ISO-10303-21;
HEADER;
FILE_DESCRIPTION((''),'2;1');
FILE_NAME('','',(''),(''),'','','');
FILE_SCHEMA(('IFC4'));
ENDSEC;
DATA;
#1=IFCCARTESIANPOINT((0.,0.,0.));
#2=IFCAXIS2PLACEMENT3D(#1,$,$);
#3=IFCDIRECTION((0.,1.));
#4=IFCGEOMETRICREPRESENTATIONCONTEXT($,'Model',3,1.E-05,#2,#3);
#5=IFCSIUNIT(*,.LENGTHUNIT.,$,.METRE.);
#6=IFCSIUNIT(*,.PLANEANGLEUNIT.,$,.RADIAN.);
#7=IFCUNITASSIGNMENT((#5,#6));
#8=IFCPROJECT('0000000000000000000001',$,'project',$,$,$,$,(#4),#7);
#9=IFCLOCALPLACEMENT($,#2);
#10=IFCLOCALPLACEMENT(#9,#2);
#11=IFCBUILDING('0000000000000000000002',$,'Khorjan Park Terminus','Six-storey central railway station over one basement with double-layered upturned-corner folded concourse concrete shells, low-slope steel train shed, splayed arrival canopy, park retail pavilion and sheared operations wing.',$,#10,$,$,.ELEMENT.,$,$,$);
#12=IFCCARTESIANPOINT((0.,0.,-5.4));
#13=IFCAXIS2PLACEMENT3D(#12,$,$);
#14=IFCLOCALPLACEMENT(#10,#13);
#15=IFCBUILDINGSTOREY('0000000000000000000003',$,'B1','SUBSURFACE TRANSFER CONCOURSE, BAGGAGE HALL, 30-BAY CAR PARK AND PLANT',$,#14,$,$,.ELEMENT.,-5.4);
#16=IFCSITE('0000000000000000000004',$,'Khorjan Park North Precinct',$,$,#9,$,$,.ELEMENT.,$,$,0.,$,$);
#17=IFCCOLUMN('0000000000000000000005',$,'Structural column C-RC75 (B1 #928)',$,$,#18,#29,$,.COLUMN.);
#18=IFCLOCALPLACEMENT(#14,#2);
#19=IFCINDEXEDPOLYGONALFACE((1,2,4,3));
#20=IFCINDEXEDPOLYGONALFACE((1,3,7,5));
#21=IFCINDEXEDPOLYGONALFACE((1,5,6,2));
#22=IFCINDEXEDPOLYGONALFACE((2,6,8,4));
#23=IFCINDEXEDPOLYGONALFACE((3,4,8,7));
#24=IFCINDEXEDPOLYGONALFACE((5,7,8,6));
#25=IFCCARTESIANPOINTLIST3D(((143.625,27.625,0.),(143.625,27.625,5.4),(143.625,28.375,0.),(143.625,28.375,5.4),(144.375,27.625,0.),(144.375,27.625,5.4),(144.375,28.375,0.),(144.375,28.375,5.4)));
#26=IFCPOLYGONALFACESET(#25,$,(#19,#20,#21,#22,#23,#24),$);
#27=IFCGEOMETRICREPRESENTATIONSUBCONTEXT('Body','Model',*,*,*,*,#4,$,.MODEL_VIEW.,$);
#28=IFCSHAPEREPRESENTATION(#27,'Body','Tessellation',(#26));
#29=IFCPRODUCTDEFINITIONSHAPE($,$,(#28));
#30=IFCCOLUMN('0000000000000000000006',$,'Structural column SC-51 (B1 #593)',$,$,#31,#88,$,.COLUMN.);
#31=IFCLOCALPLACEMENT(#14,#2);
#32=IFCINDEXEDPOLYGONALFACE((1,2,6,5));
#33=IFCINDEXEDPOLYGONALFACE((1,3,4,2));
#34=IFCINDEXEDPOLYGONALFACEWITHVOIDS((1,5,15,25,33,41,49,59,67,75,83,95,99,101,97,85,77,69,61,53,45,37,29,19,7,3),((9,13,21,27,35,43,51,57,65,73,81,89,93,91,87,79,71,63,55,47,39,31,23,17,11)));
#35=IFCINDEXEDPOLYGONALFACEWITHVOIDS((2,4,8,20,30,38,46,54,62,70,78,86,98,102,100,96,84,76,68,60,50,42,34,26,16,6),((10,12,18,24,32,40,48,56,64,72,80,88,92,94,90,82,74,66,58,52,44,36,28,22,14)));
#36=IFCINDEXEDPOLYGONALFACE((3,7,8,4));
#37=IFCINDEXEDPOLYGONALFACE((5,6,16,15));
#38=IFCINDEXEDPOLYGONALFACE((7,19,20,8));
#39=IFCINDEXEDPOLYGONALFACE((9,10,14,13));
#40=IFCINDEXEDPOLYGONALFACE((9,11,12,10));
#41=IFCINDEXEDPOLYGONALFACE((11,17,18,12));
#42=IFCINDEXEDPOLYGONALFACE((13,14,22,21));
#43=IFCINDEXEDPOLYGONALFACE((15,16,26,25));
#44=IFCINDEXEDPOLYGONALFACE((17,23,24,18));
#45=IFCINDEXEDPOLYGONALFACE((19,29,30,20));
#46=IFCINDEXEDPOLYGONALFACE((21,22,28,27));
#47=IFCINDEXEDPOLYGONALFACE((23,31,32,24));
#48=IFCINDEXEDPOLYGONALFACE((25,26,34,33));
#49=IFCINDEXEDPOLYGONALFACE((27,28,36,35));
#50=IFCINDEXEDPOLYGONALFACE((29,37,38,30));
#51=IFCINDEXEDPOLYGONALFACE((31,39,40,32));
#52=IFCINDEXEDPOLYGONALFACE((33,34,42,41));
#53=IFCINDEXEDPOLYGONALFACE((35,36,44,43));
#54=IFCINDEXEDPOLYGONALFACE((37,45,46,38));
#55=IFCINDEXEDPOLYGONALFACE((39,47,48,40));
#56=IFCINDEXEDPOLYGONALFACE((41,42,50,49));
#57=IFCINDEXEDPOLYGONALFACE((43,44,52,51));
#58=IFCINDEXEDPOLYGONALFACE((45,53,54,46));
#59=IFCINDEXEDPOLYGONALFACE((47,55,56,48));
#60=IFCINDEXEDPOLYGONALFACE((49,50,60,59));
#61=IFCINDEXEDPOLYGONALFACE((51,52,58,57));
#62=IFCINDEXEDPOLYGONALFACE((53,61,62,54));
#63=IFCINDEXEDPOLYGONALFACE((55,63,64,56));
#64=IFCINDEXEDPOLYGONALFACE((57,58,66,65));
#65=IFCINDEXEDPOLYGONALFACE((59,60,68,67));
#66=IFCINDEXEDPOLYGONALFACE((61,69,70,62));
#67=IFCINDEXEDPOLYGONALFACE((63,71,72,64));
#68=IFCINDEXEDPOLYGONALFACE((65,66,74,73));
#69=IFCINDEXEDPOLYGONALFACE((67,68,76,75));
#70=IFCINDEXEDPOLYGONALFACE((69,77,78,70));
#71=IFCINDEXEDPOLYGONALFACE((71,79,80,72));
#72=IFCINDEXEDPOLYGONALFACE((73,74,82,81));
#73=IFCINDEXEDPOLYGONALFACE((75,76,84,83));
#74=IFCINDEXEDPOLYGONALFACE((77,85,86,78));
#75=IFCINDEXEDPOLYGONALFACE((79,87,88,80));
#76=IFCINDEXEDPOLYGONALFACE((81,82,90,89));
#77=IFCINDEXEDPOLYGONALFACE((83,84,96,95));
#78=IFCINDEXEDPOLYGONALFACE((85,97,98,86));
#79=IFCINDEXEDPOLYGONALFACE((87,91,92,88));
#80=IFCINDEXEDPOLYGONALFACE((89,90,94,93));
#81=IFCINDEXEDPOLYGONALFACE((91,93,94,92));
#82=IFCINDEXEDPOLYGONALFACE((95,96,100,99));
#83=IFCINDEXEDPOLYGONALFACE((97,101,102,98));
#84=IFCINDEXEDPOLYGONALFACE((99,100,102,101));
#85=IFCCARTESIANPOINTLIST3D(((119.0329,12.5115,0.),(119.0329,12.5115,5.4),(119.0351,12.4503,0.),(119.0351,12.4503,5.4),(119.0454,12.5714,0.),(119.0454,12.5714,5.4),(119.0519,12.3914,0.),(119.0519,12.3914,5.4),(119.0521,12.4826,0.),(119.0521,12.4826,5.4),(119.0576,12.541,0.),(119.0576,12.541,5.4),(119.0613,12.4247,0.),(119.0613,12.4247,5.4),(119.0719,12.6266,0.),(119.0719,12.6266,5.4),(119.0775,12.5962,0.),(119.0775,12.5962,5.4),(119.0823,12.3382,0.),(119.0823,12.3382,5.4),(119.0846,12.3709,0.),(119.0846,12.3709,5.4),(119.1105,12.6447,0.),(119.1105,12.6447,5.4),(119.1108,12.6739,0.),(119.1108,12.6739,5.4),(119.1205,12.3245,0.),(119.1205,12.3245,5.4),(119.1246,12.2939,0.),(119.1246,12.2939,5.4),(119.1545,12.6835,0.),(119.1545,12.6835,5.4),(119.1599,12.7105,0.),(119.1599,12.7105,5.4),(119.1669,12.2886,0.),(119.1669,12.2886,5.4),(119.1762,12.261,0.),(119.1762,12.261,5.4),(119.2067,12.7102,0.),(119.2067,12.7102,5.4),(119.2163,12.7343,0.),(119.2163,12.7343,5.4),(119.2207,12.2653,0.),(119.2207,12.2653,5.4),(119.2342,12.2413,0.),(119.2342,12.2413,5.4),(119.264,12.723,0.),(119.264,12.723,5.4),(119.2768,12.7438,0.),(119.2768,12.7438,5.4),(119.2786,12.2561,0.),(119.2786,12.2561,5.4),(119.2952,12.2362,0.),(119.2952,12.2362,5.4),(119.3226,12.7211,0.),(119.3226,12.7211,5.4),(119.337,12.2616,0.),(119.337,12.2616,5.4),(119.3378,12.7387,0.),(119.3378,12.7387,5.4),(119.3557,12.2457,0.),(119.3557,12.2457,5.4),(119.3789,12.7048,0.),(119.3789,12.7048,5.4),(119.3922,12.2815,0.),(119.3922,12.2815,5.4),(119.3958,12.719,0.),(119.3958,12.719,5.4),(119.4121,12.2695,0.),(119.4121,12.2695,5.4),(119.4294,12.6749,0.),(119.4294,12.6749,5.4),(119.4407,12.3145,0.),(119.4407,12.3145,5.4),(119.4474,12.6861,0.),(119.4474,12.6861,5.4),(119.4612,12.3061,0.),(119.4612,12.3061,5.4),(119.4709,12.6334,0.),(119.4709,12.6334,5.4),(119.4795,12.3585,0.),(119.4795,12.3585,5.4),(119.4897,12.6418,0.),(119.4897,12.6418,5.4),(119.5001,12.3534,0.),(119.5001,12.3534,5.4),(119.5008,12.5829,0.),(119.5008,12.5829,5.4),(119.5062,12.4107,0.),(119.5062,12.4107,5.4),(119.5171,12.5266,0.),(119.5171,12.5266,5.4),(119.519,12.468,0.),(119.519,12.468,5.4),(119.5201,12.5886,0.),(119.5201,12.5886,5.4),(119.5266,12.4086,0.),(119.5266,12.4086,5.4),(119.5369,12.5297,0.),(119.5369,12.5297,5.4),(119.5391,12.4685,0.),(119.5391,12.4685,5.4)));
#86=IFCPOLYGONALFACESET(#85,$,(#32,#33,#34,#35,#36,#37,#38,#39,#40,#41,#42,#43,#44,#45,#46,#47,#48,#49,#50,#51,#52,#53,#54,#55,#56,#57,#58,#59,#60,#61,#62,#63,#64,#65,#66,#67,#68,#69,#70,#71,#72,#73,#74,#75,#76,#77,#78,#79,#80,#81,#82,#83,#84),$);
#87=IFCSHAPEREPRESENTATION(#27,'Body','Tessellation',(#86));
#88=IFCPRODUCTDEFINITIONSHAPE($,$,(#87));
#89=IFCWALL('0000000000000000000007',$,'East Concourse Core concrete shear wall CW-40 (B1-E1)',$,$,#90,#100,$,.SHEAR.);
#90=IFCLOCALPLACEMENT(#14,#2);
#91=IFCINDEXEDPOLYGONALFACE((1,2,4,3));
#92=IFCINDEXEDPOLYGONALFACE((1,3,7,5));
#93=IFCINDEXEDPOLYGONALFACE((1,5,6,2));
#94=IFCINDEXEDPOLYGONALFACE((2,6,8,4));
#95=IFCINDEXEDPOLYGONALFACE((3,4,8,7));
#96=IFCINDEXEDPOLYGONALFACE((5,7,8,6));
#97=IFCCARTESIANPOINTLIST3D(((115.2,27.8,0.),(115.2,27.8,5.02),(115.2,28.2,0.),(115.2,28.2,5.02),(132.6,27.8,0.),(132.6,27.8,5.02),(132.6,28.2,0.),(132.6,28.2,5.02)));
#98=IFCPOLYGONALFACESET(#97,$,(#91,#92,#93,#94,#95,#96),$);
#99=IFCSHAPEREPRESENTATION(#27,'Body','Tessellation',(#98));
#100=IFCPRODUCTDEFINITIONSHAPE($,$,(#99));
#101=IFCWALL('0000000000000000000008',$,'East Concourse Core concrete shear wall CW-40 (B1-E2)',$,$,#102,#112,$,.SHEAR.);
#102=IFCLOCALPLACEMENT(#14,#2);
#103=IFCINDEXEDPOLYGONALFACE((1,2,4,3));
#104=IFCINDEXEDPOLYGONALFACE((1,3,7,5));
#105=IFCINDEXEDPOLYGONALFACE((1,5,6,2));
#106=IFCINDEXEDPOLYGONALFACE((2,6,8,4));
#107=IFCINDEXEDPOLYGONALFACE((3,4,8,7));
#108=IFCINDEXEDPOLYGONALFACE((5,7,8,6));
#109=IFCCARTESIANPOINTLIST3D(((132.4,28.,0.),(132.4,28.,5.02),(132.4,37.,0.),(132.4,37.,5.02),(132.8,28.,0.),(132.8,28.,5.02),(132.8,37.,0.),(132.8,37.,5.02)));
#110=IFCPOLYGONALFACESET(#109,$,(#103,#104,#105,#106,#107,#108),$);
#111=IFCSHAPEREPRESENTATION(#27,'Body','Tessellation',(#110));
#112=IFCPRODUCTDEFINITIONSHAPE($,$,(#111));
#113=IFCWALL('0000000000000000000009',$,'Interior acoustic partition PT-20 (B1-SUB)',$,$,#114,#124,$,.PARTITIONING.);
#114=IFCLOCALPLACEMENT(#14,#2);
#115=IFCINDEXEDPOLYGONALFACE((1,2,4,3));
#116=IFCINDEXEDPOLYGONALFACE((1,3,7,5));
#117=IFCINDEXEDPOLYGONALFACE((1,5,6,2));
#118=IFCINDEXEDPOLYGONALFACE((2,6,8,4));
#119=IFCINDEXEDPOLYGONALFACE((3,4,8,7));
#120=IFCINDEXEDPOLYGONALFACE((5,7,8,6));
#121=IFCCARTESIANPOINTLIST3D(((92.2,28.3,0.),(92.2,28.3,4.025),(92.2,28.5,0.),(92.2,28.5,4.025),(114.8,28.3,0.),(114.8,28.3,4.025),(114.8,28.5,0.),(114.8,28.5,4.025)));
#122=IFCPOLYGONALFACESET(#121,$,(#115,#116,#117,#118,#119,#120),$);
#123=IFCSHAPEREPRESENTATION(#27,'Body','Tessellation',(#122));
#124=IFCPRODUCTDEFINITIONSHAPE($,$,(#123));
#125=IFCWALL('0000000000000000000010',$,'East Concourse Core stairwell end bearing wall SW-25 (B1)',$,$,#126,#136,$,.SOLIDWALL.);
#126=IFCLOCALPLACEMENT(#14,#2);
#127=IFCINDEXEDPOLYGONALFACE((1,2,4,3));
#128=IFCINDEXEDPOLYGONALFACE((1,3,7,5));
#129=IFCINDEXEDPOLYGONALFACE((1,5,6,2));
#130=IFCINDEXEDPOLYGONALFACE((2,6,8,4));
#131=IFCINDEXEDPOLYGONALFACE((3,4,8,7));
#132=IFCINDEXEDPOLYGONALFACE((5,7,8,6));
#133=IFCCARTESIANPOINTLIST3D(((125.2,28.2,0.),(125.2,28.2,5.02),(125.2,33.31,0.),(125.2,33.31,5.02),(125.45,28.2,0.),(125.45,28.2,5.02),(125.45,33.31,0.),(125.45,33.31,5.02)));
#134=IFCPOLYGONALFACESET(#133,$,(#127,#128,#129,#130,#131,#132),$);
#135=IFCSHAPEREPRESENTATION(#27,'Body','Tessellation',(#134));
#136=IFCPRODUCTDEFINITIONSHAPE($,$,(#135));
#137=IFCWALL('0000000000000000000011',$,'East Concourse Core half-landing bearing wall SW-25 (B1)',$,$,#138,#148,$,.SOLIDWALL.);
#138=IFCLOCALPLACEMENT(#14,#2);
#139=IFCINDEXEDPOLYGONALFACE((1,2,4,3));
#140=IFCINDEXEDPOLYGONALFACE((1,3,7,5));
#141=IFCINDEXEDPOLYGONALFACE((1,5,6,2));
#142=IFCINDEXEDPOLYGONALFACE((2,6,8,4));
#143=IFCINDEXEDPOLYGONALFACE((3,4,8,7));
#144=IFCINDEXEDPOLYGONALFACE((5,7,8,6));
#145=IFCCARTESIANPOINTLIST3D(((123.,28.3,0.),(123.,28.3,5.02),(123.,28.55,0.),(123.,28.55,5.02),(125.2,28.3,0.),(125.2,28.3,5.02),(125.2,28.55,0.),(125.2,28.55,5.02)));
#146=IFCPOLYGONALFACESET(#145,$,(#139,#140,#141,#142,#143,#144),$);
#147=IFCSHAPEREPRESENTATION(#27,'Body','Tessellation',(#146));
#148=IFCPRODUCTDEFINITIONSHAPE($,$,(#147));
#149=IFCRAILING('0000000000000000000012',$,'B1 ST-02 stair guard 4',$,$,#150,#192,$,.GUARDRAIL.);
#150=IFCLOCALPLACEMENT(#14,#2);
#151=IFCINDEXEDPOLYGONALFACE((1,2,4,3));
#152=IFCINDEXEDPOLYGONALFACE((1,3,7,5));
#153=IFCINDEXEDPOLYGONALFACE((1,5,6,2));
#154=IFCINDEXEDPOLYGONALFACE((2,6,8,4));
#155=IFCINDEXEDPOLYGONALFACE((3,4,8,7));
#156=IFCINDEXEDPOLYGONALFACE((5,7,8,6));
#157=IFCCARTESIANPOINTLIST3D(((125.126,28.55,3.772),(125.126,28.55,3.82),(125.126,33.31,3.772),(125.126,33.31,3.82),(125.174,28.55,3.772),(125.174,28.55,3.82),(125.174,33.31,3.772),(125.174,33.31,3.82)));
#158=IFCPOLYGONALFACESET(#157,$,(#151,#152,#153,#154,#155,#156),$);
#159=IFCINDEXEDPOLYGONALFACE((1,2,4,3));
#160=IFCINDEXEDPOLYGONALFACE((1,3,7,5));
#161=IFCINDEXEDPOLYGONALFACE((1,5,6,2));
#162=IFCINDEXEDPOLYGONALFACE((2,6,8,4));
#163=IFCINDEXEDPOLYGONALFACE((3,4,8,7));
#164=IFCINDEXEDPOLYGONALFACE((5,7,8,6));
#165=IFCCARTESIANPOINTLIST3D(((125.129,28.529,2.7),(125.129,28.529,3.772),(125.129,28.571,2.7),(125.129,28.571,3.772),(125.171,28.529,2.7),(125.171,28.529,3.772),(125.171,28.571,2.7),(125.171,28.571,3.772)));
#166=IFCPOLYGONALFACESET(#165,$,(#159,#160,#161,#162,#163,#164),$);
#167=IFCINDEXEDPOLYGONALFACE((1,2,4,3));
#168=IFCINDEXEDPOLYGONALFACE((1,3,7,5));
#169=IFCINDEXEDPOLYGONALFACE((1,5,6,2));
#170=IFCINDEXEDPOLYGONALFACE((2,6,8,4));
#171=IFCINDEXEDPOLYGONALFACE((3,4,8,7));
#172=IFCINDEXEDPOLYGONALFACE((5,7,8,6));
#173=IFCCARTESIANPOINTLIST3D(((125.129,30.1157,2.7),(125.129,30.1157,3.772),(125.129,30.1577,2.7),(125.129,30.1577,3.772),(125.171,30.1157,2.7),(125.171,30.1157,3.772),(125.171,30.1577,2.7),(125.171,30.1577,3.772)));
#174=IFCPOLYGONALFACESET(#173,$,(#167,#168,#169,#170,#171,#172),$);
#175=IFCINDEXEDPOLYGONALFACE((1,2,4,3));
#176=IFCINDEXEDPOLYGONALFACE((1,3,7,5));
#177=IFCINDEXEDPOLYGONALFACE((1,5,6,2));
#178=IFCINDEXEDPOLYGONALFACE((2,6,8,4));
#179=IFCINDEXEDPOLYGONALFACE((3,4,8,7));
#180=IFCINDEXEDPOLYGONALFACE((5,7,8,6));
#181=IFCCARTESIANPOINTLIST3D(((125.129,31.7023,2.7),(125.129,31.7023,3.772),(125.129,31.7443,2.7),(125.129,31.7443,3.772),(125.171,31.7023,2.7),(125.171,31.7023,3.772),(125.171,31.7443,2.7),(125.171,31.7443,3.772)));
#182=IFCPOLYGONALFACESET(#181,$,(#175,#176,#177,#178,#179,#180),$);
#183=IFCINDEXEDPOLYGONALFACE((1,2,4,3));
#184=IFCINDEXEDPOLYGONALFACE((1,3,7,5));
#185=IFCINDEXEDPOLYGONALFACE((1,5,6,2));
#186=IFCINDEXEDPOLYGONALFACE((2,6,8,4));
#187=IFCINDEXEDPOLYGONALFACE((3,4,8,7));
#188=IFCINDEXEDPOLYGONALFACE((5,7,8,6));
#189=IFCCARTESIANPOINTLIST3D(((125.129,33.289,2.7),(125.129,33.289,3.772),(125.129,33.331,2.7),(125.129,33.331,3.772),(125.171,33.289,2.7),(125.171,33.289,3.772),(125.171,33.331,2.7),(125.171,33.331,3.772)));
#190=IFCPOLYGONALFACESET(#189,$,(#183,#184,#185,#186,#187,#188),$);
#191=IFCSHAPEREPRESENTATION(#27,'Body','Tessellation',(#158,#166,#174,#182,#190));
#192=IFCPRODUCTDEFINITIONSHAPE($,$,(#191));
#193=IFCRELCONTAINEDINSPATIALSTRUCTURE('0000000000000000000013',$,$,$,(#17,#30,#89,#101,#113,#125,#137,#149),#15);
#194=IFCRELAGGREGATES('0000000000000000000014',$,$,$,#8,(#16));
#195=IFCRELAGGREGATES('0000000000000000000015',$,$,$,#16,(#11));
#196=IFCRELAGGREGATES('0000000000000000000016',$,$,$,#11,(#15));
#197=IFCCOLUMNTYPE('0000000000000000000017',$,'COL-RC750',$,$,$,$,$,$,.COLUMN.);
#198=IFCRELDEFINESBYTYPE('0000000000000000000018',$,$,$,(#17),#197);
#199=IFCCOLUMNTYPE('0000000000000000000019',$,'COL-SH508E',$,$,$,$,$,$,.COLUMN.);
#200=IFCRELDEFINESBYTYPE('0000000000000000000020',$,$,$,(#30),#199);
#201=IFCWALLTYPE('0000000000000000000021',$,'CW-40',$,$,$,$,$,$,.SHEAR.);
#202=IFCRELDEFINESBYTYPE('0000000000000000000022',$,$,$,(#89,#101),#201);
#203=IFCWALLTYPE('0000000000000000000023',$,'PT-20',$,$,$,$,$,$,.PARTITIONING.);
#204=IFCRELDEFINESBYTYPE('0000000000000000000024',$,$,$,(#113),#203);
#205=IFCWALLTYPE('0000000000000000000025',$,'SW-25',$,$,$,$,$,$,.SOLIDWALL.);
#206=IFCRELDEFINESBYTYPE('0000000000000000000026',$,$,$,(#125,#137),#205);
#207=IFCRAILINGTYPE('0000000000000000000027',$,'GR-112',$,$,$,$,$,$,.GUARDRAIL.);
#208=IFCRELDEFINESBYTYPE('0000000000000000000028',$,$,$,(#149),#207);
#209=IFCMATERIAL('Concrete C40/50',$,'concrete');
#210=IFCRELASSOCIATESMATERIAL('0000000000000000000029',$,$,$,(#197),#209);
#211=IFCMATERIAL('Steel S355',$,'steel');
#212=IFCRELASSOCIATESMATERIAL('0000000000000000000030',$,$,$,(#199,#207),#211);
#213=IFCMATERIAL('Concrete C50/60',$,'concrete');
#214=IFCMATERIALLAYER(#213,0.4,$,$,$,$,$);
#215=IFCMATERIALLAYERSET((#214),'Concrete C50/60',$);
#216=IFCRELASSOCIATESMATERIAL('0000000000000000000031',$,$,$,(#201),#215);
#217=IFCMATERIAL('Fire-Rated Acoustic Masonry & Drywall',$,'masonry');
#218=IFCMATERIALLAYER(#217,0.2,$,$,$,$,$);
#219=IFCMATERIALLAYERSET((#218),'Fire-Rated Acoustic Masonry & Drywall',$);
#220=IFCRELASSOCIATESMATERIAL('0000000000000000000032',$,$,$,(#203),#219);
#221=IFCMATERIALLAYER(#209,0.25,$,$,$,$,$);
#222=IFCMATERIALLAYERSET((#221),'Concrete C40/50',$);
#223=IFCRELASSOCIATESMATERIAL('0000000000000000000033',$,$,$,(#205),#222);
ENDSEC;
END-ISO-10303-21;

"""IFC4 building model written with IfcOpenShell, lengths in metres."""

from ifc_helpers import new_model, si_unit, direction, frame, frame_2d, origin, origin_2d, place, context, subcontext, project, spatial, rectangle, hollow_circle, extrude, material, layer, layer_set, material_profile, profile_set, type_object, element, save


model = new_model("IFC4")

# Units and contexts
model_context = context("Model", 3, precision=1e-05, world=origin(), true_north=direction((0.0, 1.0)))
body_context = subcontext(model_context, "Body", "Model", "MODEL_VIEW")
ifc_project = project(units=[si_unit("LENGTHUNIT", "METRE"), si_unit("PLANEANGLEUNIT", "RADIAN")], contexts=[model_context])

# Site, building, storey
site_placement = place(None, origin())
site = spatial("IfcSite", under=ifc_project, at=site_placement, Name="Khorjan Park North Precinct", CompositionType="ELEMENT", RefElevation=0.0)
building_placement = place(site_placement, origin())
building = spatial("IfcBuilding", under=site, at=building_placement, Name="Khorjan Park Terminus", Description="Six-storey central railway station over one basement with double-layered upturned-corner folded concourse concrete shells, low-slope steel train shed, splayed arrival canopy, park retail pavilion and sheared operations wing.", CompositionType="ELEMENT")
storey_placement = place(building_placement, frame((0.0, 0.0, -5.4)))
storey = spatial("IfcBuildingStorey", under=building, at=storey_placement, Name="B1", Description="SUBSURFACE TRANSFER CONCOURSE, BAGGAGE HALL, 30-BAY CAR PARK AND PLANT", CompositionType="ELEMENT", Elevation=-5.4)

# Shared definitions
ifc_material_1 = material(Name="Concrete C40/50", Category="concrete")

# Columns
ifc_material_2 = material(Name="Concrete C50/60", Category="concrete")
ifc_material_profile_1 = material_profile(ifc_material_1, rectangle(XDim=0.75, YDim=0.75, at=origin_2d()), Name="RC 750x750")
ifc_profile_set_1 = profile_set([ifc_material_profile_1], Name="Concrete C40/50")
column_type_1 = type_object("IfcColumnType", Name="COL-RC750", PredefinedType="COLUMN", material=ifc_profile_set_1)
column_1_placement = place(storey_placement, frame((144.0, 28.0, 0.0), z_axis=(0.0, 0.0, 1.0), x_axis=(1.0, 0.0, 0.0)))
element("IfcColumn", 1, at=column_1_placement, inside=storey, type_object=column_type_1, Name="Structural column C-RC75 (B1 #928)", PredefinedType="COLUMN", context=body_context, shape_type="SweptSolid", body=[
    extrude(rectangle(XDim=0.75, YDim=0.75, at=origin_2d()), origin(), (0.0, 0.0, 1.0), 5.4),
])
ifc_material_3 = material(Name="Steel S355", Category="steel")
ifc_material_profile_2 = material_profile(ifc_material_3, hollow_circle(Radius=0.254, WallThickness=0.02, at=origin_2d()), Name="CHS 508x20")
ifc_profile_set_2 = profile_set([ifc_material_profile_2], Name="Steel S355")
column_type_2 = type_object("IfcColumnType", Name="COL-SH508E", PredefinedType="COLUMN", material=ifc_profile_set_2)
column_2_placement = place(storey_placement, frame((119.286, 12.49, 0.0), z_axis=(0.0, 0.0, 1.0), x_axis=(0.987688, 0.156434, 0.0)))
element("IfcColumn", 2, at=column_2_placement, inside=storey, type_object=column_type_2, Name="Structural column SC-51 (B1 #593)", PredefinedType="COLUMN", context=body_context, shape_type="SweptSolid", body=[
    extrude(hollow_circle(Radius=0.254, WallThickness=0.02, at=origin_2d()), origin(), (0.0, 0.0, 1.0), 5.4),
])

# Walls
ifc_layer_1 = layer(ifc_material_2, 0.4)
ifc_layer_set_1 = layer_set([ifc_layer_1], Name="Concrete C50/60")
wall_type_1 = type_object("IfcWallType", Name="CW-40", PredefinedType="SHEAR", material=ifc_layer_set_1)
wall_1_placement = place(storey_placement, frame((115.2, 28.0, 0.0), z_axis=(0.0, 0.0, 1.0), x_axis=(1.0, 0.0, 0.0)))
element("IfcWall", 3, at=wall_1_placement, inside=storey, type_object=wall_type_1, Name="East Concourse Core concrete shear wall CW-40 (B1-E1)", PredefinedType="SHEAR", context=body_context, shape_type="SweptSolid", body=[
    extrude(rectangle(XDim=17.4, YDim=0.4, at=frame_2d((8.7, 0.0))), origin(), (0.0, 0.0, 1.0), 5.02),
])
wall_2_placement = place(storey_placement, frame((132.6, 28.0, 0.0), z_axis=(0.0, 0.0, 1.0), x_axis=(0.0, 1.0, 0.0)))
element("IfcWall", 4, at=wall_2_placement, inside=storey, type_object=wall_type_1, Name="East Concourse Core concrete shear wall CW-40 (B1-E2)", PredefinedType="SHEAR", context=body_context, shape_type="SweptSolid", body=[
    extrude(rectangle(XDim=9.0, YDim=0.4, at=frame_2d((4.5, 0.0))), origin(), (0.0, 0.0, 1.0), 5.02),
])
ifc_material_4 = material(Name="Fire-Rated Acoustic Masonry & Drywall", Category="masonry")
ifc_layer_2 = layer(ifc_material_4, 0.2)
ifc_layer_set_2 = layer_set([ifc_layer_2], Name="Fire-Rated Acoustic Masonry & Drywall")
wall_type_2 = type_object("IfcWallType", Name="PT-20", PredefinedType="PARTITIONING", material=ifc_layer_set_2)
wall_3_placement = place(storey_placement, frame((114.8, 28.4, 0.0), z_axis=(0.0, 0.0, 1.0), x_axis=(-1.0, 0.0, 0.0)))
element("IfcWall", 5, at=wall_3_placement, inside=storey, type_object=wall_type_2, Name="Interior acoustic partition PT-20 (B1-SUB)", PredefinedType="PARTITIONING", context=body_context, shape_type="SweptSolid", body=[
    extrude(rectangle(XDim=22.6, YDim=0.2, at=frame_2d((11.3, 0.0))), origin(), (0.0, 0.0, 1.0), 4.025),
])
ifc_layer_3 = layer(ifc_material_1, 0.25)
ifc_layer_set_3 = layer_set([ifc_layer_3], Name="Concrete C40/50")
wall_type_3 = type_object("IfcWallType", Name="SW-25", PredefinedType="SOLIDWALL", material=ifc_layer_set_3)
wall_4_placement = place(storey_placement, frame((125.325, 28.2, 0.0), z_axis=(0.0, 0.0, 1.0), x_axis=(0.0, 1.0, 0.0)))
element("IfcWall", 6, at=wall_4_placement, inside=storey, type_object=wall_type_3, Name="East Concourse Core stairwell end bearing wall SW-25 (B1)", PredefinedType="SOLIDWALL", context=body_context, shape_type="SweptSolid", body=[
    extrude(rectangle(XDim=5.11, YDim=0.25, at=frame_2d((2.555, 0.0))), origin(), (0.0, 0.0, 1.0), 5.02),
])
wall_5_placement = place(storey_placement, frame((123.0, 28.425, 0.0), z_axis=(0.0, 0.0, 1.0), x_axis=(1.0, 0.0, 0.0)))
element("IfcWall", 7, at=wall_5_placement, inside=storey, type_object=wall_type_3, Name="East Concourse Core half-landing bearing wall SW-25 (B1)", PredefinedType="SOLIDWALL", context=body_context, shape_type="SweptSolid", body=[
    extrude(rectangle(XDim=2.2, YDim=0.25, at=frame_2d((1.1, 0.0))), origin(), (0.0, 0.0, 1.0), 5.02),
])

# Railing
railing_type = type_object("IfcRailingType", Name="GR-112", PredefinedType="GUARDRAIL", material=ifc_material_3)
railing_placement = place(storey_placement, frame((125.15, 28.55, 2.7)))
element("IfcRailing", 8, at=railing_placement, inside=storey, type_object=railing_type, Name="B1 ST-02 stair guard 4", PredefinedType="GUARDRAIL", context=body_context, shape_type="SweptSolid", body=[
    extrude(rectangle(XDim=0.048, YDim=0.048, at=origin_2d()), frame((0.0, 0.0, 1.096), z_axis=(0.0, 1.0, 0.0), x_axis=(-1.0, 0.0, 0.0)), (0.0, 0.0, 1.0), 4.76),
    extrude(rectangle(XDim=0.042, YDim=0.042, at=origin_2d()), origin(), (0.0, 0.0, 1.0), 1.072),
    extrude(rectangle(XDim=0.042, YDim=0.042, at=origin_2d()), frame((0.0, 1.5867, 0.0)), (0.0, 0.0, 1.0), 1.072),
    extrude(rectangle(XDim=0.042, YDim=0.042, at=origin_2d()), frame((0.0, 3.1733, 0.0)), (0.0, 0.0, 1.0), 1.072),
    extrude(rectangle(XDim=0.042, YDim=0.042, at=origin_2d()), frame((0.0, 4.76, 0.0)), (0.0, 0.0, 1.0), 1.072),
])

save(model, "model.ifc")
